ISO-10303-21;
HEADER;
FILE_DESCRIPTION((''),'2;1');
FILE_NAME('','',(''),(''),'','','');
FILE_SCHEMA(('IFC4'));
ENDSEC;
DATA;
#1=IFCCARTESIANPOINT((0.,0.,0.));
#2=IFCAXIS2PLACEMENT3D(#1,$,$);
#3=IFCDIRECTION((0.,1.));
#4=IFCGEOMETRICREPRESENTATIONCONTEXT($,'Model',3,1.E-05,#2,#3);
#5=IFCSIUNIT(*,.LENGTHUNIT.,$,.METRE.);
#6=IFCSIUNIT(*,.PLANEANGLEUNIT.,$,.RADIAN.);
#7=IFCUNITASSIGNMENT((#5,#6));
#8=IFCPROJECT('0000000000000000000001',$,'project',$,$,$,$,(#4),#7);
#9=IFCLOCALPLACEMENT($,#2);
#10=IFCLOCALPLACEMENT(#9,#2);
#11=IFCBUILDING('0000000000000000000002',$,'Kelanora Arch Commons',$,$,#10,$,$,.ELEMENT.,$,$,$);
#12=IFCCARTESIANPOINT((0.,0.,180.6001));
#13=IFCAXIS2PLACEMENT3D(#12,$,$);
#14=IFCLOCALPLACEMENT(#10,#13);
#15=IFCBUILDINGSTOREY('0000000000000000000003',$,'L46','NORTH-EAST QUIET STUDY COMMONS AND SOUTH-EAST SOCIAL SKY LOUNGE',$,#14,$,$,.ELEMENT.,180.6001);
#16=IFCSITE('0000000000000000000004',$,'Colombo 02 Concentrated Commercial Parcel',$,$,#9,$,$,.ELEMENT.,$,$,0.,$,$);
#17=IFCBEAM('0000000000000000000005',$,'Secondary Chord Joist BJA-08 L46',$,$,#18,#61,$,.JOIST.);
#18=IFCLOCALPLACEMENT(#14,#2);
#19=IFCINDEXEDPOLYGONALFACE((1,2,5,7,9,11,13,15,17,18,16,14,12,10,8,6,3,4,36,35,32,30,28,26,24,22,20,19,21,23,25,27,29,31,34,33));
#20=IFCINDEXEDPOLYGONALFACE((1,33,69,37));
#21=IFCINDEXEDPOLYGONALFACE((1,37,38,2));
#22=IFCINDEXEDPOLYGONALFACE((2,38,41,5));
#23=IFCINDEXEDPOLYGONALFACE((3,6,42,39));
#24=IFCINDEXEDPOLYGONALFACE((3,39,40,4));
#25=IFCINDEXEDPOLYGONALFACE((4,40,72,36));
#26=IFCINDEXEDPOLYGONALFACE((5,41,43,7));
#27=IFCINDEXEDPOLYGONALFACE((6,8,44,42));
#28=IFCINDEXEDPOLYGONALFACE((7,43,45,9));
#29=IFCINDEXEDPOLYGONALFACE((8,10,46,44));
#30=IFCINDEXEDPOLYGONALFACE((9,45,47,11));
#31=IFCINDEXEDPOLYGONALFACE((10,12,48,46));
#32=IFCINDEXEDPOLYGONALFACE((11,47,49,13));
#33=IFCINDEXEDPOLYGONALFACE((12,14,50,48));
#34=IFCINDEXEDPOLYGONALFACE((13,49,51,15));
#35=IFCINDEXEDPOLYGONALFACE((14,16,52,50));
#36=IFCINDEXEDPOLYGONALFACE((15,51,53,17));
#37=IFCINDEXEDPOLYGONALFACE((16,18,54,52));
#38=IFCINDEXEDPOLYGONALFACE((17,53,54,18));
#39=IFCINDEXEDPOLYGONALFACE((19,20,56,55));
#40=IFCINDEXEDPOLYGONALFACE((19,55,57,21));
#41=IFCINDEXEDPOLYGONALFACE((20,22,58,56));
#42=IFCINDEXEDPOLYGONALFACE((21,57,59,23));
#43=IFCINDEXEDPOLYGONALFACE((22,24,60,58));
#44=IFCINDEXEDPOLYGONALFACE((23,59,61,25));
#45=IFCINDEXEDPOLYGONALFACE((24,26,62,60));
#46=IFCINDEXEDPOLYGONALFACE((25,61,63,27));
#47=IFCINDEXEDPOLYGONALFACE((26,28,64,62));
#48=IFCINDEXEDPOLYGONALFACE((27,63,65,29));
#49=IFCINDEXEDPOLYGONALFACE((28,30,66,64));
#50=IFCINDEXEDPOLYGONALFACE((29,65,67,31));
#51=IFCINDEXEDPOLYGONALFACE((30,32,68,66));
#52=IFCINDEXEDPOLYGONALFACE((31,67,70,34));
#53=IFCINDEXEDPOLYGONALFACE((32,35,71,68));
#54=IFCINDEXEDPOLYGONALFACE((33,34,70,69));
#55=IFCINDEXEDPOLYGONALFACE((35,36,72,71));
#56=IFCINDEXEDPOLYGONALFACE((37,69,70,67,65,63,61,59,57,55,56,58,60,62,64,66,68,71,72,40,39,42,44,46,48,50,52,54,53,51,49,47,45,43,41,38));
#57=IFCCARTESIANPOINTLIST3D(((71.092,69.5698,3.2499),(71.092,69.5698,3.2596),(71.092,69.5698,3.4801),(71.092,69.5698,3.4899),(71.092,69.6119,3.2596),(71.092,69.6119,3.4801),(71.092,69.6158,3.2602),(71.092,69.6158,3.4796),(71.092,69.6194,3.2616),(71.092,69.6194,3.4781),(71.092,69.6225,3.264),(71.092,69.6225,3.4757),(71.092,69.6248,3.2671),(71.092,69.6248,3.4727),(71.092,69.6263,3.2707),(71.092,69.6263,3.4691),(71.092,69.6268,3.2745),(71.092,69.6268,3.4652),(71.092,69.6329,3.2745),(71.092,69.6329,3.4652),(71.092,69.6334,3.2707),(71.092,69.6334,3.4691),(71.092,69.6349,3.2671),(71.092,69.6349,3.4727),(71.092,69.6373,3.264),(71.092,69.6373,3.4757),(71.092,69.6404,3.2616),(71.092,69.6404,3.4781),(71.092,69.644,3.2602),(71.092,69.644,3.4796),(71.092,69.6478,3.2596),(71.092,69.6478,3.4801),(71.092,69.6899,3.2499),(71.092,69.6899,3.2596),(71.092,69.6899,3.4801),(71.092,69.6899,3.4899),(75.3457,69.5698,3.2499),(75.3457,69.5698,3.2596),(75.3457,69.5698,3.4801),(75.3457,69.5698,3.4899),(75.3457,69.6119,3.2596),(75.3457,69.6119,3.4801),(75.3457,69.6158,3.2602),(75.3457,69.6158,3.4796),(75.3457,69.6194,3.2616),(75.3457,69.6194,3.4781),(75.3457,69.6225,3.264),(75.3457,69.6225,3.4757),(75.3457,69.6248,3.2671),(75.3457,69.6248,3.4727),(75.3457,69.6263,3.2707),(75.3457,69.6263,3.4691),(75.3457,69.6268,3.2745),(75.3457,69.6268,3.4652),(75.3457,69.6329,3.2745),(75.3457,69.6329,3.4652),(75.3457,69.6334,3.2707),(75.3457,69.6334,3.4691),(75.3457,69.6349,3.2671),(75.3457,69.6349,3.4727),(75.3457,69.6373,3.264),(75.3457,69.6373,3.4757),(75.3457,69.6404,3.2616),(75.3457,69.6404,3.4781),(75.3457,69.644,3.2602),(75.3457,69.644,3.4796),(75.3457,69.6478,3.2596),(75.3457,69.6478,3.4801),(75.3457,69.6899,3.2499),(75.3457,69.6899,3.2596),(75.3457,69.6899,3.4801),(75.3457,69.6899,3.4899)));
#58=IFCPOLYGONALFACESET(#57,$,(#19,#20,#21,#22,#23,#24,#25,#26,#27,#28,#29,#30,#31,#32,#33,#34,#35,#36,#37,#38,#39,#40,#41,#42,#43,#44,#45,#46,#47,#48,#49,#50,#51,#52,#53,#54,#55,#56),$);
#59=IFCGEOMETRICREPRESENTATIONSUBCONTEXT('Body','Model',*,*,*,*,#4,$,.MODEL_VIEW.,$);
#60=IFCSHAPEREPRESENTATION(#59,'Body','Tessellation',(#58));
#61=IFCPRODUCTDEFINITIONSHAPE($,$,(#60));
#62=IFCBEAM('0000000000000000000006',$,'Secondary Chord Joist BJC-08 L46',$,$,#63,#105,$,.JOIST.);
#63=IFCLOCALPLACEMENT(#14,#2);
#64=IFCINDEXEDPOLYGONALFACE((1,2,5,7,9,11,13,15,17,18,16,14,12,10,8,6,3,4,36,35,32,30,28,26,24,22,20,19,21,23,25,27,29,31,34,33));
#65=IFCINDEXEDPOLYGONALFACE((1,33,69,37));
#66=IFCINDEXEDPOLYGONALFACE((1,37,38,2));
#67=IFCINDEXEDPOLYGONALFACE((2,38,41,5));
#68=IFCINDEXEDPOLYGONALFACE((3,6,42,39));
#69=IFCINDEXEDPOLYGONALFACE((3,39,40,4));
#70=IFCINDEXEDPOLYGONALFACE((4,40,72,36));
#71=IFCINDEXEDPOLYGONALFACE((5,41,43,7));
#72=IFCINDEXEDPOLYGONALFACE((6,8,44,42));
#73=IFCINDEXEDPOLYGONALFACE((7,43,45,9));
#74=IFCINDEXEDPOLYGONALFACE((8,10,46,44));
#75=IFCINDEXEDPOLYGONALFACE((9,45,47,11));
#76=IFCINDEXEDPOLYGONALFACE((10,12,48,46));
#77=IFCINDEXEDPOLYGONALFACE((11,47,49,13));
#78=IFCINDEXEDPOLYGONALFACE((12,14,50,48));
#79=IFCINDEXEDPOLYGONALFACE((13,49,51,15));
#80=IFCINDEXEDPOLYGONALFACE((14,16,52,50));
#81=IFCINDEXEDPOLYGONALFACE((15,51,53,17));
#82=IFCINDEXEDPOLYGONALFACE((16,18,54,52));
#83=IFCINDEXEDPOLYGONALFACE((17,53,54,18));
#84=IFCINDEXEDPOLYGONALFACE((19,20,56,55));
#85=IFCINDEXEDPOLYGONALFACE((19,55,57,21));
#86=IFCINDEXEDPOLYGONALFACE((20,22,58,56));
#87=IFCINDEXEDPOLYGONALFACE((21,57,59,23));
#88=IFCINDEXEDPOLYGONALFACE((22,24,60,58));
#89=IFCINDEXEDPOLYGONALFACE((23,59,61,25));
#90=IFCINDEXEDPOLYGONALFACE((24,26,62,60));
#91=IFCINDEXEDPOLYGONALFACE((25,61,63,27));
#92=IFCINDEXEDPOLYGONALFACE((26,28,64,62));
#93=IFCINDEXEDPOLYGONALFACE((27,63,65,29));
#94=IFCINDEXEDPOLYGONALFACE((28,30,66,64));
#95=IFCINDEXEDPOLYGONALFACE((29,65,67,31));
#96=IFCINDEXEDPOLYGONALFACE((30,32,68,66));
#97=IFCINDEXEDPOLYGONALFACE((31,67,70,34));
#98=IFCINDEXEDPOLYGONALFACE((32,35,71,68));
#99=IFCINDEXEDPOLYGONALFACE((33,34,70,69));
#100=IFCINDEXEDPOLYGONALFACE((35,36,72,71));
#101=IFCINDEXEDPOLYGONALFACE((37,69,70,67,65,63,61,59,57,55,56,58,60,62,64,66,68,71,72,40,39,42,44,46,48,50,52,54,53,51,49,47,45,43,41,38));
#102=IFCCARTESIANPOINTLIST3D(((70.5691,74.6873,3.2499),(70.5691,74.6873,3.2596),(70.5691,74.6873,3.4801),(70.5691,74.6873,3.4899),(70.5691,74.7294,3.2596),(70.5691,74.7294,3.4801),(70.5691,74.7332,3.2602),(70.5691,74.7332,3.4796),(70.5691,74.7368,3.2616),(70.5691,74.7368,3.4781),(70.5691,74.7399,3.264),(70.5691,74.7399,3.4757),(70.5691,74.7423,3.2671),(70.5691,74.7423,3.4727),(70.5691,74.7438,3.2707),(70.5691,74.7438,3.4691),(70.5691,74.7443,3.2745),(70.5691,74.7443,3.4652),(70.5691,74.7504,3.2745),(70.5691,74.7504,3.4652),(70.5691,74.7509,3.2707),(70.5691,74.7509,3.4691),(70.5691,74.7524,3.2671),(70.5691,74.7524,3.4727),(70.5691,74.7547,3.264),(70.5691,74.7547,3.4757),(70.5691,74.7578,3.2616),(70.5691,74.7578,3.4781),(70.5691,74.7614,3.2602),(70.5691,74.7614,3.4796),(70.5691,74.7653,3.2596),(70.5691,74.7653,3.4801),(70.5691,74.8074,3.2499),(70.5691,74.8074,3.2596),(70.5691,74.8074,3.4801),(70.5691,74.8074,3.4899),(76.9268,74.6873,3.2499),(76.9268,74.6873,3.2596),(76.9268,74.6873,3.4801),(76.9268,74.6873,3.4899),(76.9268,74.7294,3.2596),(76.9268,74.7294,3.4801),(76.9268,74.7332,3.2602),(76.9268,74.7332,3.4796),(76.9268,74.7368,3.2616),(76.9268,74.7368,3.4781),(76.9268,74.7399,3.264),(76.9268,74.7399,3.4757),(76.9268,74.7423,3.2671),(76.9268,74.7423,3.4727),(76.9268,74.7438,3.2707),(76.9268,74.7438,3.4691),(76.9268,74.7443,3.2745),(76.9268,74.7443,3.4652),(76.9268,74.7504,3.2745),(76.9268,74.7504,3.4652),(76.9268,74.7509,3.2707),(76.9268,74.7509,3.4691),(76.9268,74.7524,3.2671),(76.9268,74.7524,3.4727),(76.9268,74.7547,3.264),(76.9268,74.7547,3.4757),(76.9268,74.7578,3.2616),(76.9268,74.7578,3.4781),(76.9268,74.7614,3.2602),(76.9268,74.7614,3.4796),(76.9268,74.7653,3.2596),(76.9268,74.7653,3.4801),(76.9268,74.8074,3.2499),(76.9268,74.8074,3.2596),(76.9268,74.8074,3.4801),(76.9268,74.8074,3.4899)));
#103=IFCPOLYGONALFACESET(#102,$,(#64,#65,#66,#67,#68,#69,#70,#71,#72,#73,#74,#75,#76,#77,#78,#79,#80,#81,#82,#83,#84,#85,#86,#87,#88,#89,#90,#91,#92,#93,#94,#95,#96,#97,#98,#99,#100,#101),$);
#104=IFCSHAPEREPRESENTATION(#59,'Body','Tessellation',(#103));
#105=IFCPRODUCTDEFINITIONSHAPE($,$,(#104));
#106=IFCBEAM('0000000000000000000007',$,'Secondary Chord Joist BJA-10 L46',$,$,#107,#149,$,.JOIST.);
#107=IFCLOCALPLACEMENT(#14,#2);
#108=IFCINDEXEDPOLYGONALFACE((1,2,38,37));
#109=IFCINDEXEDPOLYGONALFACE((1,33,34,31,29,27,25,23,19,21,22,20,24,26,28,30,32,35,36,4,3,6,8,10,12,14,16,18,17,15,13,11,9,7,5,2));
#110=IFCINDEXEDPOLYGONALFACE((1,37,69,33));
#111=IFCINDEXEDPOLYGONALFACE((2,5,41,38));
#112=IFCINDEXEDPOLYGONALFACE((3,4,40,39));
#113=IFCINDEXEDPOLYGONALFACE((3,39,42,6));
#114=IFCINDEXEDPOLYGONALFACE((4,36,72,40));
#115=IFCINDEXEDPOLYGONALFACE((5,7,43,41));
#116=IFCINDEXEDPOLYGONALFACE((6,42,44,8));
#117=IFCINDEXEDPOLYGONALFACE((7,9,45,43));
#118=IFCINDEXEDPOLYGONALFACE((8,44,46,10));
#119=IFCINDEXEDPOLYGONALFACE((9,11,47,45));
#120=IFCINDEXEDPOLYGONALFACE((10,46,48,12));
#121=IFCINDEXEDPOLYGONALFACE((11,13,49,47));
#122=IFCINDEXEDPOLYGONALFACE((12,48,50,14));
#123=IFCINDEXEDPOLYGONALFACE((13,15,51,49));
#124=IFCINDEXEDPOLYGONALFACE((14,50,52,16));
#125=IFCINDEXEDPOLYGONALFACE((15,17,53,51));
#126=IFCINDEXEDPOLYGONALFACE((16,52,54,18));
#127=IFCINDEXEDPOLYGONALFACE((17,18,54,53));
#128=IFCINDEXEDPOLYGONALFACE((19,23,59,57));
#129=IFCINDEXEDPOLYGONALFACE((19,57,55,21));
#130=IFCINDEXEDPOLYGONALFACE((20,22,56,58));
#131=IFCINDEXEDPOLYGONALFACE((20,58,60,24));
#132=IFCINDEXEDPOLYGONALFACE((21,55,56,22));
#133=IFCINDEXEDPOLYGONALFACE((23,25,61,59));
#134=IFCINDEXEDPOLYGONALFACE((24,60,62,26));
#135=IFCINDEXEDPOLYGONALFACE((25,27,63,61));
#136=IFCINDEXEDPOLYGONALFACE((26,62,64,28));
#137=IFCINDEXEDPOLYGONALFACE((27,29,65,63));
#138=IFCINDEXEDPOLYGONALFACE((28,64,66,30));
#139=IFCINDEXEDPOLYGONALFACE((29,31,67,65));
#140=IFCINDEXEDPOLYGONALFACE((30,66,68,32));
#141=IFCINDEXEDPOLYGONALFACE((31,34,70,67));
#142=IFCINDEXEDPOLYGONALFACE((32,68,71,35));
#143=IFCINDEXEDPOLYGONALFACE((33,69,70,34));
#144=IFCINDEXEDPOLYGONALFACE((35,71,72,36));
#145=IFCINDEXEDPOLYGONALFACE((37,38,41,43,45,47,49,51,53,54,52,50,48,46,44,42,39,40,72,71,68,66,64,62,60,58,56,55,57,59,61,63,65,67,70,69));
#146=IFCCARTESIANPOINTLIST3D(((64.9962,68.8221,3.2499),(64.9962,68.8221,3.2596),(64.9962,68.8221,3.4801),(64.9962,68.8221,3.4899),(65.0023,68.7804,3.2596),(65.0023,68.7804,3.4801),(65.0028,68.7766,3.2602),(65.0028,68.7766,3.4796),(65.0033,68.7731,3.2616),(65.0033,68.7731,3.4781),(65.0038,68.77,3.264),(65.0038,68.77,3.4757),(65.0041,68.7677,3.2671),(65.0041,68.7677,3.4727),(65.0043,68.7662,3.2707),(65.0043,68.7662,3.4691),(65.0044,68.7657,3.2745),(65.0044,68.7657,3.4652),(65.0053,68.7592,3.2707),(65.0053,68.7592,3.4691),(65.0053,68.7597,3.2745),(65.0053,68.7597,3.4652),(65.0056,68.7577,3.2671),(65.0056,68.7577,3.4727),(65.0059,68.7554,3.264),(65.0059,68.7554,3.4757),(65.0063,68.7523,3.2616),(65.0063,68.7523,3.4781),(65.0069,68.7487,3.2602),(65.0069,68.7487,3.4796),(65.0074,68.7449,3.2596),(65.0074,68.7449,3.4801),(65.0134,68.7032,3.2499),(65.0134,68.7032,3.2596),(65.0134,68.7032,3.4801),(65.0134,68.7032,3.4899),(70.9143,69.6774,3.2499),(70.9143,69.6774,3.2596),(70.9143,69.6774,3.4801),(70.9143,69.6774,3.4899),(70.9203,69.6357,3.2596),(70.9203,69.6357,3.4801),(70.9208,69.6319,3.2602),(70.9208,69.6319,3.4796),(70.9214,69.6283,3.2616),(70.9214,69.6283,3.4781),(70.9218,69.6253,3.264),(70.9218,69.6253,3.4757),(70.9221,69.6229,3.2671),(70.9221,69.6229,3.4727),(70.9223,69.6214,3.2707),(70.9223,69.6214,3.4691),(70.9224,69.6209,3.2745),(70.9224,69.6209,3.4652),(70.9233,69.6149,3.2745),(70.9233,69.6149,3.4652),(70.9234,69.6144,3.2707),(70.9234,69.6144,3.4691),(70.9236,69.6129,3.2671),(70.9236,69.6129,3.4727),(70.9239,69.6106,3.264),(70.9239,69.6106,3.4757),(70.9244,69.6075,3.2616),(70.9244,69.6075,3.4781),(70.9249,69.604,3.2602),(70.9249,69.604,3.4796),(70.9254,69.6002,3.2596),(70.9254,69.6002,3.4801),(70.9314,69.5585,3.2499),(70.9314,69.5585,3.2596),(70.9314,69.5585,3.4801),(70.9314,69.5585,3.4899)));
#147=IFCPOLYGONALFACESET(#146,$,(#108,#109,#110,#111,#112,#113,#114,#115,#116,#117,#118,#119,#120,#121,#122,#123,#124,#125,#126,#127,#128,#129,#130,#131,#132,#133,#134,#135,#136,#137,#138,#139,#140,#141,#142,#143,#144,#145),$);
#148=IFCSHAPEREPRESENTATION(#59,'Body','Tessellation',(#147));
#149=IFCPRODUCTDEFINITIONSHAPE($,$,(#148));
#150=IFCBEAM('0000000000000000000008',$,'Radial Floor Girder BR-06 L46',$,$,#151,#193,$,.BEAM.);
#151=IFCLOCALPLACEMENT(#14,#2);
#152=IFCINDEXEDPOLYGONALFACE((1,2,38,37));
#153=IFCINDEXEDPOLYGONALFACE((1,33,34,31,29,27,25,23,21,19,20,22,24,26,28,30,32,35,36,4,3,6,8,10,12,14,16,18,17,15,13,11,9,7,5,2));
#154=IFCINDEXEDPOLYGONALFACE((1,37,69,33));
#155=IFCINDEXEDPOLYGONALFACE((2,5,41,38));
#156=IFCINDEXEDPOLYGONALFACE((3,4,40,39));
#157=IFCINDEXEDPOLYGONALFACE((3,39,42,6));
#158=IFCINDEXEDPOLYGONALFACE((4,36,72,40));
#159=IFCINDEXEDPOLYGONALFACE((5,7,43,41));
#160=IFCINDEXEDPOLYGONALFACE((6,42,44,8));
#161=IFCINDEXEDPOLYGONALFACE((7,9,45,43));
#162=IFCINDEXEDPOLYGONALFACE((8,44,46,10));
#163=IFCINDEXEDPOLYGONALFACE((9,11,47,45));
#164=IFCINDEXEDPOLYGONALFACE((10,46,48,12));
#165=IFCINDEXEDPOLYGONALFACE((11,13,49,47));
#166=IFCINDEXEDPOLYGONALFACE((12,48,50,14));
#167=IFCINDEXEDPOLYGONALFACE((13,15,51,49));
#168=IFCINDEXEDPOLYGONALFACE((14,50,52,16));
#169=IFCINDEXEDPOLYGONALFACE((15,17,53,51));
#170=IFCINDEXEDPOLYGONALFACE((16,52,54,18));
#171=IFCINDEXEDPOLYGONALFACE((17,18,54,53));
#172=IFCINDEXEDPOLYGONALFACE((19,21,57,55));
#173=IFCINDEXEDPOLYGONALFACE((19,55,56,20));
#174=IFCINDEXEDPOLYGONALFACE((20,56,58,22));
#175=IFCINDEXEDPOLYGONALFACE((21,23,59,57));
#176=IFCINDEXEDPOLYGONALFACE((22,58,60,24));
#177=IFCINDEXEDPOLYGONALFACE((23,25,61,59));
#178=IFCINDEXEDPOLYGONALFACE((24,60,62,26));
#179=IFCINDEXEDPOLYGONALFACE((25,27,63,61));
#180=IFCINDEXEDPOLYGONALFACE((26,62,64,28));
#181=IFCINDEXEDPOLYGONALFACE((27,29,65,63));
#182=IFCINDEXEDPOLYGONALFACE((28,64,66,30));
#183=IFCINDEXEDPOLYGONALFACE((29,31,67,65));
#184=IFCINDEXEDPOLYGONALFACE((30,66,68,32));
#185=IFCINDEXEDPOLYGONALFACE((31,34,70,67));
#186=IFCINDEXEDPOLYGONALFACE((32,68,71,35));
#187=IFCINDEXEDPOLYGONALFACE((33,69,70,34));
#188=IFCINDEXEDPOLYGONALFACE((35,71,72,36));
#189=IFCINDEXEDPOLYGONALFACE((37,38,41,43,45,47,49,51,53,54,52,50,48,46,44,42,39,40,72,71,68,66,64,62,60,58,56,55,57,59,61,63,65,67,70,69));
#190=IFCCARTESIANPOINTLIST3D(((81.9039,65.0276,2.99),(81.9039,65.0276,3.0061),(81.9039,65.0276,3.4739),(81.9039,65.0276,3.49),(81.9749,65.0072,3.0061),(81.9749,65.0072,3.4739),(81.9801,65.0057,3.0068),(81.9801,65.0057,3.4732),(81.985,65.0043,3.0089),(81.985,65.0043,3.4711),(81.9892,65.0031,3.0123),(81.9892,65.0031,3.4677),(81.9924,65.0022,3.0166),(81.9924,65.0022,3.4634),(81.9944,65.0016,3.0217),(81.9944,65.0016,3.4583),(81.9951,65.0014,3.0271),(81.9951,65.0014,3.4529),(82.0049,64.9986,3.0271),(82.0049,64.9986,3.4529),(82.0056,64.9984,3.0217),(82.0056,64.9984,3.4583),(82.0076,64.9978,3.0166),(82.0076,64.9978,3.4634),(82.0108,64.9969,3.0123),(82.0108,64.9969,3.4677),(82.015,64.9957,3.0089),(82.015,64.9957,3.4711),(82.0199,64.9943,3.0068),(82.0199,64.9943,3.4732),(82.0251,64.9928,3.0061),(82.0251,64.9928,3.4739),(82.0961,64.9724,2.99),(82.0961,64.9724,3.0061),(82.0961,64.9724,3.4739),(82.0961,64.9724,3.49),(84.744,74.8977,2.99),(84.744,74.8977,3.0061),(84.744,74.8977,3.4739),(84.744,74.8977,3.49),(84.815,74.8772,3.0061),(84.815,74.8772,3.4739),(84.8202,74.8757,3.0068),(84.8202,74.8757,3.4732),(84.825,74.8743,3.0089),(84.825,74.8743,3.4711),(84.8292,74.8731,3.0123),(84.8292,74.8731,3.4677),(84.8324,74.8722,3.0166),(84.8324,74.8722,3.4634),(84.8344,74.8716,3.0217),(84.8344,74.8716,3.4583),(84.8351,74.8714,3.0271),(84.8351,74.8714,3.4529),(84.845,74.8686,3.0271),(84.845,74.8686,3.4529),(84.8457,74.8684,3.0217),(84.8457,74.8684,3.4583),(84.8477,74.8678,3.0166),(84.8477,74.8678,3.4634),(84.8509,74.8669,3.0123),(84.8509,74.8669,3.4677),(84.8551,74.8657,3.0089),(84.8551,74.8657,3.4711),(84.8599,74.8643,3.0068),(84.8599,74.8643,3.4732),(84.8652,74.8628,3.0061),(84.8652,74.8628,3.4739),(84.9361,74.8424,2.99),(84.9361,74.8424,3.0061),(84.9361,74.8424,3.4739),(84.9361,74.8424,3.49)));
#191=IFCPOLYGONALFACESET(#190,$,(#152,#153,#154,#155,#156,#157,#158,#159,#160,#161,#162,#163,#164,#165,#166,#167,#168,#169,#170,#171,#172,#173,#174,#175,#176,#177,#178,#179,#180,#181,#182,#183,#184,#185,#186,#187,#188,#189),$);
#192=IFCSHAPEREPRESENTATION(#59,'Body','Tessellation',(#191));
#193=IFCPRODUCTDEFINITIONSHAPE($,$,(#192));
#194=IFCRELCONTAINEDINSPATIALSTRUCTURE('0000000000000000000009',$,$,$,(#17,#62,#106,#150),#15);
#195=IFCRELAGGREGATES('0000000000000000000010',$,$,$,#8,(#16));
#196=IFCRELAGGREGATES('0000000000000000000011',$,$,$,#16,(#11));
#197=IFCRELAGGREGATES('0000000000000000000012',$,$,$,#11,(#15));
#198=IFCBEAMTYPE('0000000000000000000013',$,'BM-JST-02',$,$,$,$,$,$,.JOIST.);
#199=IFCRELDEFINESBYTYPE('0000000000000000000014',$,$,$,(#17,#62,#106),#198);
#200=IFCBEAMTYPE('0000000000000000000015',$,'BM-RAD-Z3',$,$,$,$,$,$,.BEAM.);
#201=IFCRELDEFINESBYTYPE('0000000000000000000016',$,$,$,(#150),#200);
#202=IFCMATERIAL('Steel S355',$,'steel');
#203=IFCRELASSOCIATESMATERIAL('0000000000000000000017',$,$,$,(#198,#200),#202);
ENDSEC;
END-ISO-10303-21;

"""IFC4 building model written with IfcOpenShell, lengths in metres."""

from ifc_helpers import new_model, si_unit, direction, frame, origin, origin_2d, place, context, subcontext, project, spatial, i_section, extrude, material, material_profile, profile_set, type_object, element, save


model = new_model("IFC4")

# Units and contexts
model_context = context("Model", 3, precision=1e-05, world=origin(), true_north=direction((0.0, 1.0)))
body_context = subcontext(model_context, "Body", "Model", "MODEL_VIEW")
ifc_project = project(units=[si_unit("LENGTHUNIT", "METRE"), si_unit("PLANEANGLEUNIT", "RADIAN")], contexts=[model_context])

# Site, building, storey
site_placement = place(None, origin())
site = spatial("IfcSite", under=ifc_project, at=site_placement, Name="Colombo 02 Concentrated Commercial Parcel", CompositionType="ELEMENT", RefElevation=0.0)
building_placement = place(site_placement, origin())
building = spatial("IfcBuilding", under=site, at=building_placement, Name="Kelanora Arch Commons", CompositionType="ELEMENT")
storey_placement = place(building_placement, frame((0.0, 0.0, 180.6001)))
storey = spatial("IfcBuildingStorey", under=building, at=storey_placement, Name="L46", Description="NORTH-EAST QUIET STUDY COMMONS AND SOUTH-EAST SOCIAL SKY LOUNGE", CompositionType="ELEMENT", Elevation=180.6001)

# Beams
ifc_material_1 = material(Name="Steel S355", Category="steel")
ifc_material_profile_1 = material_profile(ifc_material_1, i_section(OverallWidth=0.1201, OverallDepth=0.24, WebThickness=0.0061, FlangeThickness=0.0098, FilletRadius=0.0149, at=origin_2d()), Name="IPE240")
ifc_profile_set_1 = profile_set([ifc_material_profile_1], Name="Steel S355")
beam_type_1 = type_object("IfcBeamType", Name="BM-JST-02", PredefinedType="JOIST", material=ifc_profile_set_1)
beam_1_placement = place(storey_placement, frame((75.3457, 69.6299, 3.3699), z_axis=(-1.0, 0.0, 0.0), x_axis=(0.0, -1.0, 0.0)))
element("IfcBeam", 1, at=beam_1_placement, inside=storey, type_object=beam_type_1, Name="Secondary Chord Joist BJA-08 L46", PredefinedType="JOIST", context=body_context, shape_type="SweptSolid", body=[
    extrude(i_section(OverallWidth=0.1201, OverallDepth=0.24, WebThickness=0.0061, FlangeThickness=0.0098, FilletRadius=0.0149, at=origin_2d()), origin(), (0.0, 0.0, 1.0), 4.2537),
])
beam_2_placement = place(storey_placement, frame((76.9268, 74.7473, 3.3699), z_axis=(-1.0, 0.0, 0.0), x_axis=(0.0, -1.0, 0.0)))
element("IfcBeam", 2, at=beam_2_placement, inside=storey, type_object=beam_type_1, Name="Secondary Chord Joist BJC-08 L46", PredefinedType="JOIST", context=body_context, shape_type="SweptSolid", body=[
    extrude(i_section(OverallWidth=0.1201, OverallDepth=0.24, WebThickness=0.0061, FlangeThickness=0.0098, FilletRadius=0.0149, at=origin_2d()), origin(), (0.0, 0.0, 1.0), 6.3577),
])
beam_3_placement = place(storey_placement, frame((70.9229, 69.6179, 3.3699), z_axis=(-0.989719, -0.143027, 0.0), x_axis=(0.143027, -0.989719, 0.0)))
element("IfcBeam", 3, at=beam_3_placement, inside=storey, type_object=beam_type_1, Name="Secondary Chord Joist BJA-10 L46", PredefinedType="JOIST", context=body_context, shape_type="SweptSolid", body=[
    extrude(i_section(OverallWidth=0.1201, OverallDepth=0.24, WebThickness=0.0061, FlangeThickness=0.0098, FilletRadius=0.0149, at=origin_2d()), origin(), (0.0, 0.0, 1.0), 5.9795),
])
ifc_material_profile_2 = material_profile(ifc_material_1, i_section(OverallWidth=0.2, OverallDepth=0.5, WebThickness=0.0103, FlangeThickness=0.0161, FilletRadius=0.021, at=origin_2d()), Name="IPE500")
ifc_profile_set_2 = profile_set([ifc_material_profile_2], Name="Steel S355")
beam_type_2 = type_object("IfcBeamType", Name="BM-RAD-Z3", PredefinedType="BEAM", material=ifc_profile_set_2)
beam_4_placement = place(storey_placement, frame((82.0, 65.0, 3.24), z_axis=(0.276526, 0.961006, 0.0), x_axis=(-0.961006, 0.276526, 0.0)))
element("IfcBeam", 4, at=beam_4_placement, inside=storey, type_object=beam_type_2, Name="Radial Floor Girder BR-06 L46", PredefinedType="BEAM", context=body_context, shape_type="SweptSolid", body=[
    extrude(i_section(OverallWidth=0.2, OverallDepth=0.5, WebThickness=0.0103, FlangeThickness=0.0161, FilletRadius=0.021, at=origin_2d()), origin(), (0.0, 0.0, 1.0), 10.2705),
])

save(model, "model.ifc")
